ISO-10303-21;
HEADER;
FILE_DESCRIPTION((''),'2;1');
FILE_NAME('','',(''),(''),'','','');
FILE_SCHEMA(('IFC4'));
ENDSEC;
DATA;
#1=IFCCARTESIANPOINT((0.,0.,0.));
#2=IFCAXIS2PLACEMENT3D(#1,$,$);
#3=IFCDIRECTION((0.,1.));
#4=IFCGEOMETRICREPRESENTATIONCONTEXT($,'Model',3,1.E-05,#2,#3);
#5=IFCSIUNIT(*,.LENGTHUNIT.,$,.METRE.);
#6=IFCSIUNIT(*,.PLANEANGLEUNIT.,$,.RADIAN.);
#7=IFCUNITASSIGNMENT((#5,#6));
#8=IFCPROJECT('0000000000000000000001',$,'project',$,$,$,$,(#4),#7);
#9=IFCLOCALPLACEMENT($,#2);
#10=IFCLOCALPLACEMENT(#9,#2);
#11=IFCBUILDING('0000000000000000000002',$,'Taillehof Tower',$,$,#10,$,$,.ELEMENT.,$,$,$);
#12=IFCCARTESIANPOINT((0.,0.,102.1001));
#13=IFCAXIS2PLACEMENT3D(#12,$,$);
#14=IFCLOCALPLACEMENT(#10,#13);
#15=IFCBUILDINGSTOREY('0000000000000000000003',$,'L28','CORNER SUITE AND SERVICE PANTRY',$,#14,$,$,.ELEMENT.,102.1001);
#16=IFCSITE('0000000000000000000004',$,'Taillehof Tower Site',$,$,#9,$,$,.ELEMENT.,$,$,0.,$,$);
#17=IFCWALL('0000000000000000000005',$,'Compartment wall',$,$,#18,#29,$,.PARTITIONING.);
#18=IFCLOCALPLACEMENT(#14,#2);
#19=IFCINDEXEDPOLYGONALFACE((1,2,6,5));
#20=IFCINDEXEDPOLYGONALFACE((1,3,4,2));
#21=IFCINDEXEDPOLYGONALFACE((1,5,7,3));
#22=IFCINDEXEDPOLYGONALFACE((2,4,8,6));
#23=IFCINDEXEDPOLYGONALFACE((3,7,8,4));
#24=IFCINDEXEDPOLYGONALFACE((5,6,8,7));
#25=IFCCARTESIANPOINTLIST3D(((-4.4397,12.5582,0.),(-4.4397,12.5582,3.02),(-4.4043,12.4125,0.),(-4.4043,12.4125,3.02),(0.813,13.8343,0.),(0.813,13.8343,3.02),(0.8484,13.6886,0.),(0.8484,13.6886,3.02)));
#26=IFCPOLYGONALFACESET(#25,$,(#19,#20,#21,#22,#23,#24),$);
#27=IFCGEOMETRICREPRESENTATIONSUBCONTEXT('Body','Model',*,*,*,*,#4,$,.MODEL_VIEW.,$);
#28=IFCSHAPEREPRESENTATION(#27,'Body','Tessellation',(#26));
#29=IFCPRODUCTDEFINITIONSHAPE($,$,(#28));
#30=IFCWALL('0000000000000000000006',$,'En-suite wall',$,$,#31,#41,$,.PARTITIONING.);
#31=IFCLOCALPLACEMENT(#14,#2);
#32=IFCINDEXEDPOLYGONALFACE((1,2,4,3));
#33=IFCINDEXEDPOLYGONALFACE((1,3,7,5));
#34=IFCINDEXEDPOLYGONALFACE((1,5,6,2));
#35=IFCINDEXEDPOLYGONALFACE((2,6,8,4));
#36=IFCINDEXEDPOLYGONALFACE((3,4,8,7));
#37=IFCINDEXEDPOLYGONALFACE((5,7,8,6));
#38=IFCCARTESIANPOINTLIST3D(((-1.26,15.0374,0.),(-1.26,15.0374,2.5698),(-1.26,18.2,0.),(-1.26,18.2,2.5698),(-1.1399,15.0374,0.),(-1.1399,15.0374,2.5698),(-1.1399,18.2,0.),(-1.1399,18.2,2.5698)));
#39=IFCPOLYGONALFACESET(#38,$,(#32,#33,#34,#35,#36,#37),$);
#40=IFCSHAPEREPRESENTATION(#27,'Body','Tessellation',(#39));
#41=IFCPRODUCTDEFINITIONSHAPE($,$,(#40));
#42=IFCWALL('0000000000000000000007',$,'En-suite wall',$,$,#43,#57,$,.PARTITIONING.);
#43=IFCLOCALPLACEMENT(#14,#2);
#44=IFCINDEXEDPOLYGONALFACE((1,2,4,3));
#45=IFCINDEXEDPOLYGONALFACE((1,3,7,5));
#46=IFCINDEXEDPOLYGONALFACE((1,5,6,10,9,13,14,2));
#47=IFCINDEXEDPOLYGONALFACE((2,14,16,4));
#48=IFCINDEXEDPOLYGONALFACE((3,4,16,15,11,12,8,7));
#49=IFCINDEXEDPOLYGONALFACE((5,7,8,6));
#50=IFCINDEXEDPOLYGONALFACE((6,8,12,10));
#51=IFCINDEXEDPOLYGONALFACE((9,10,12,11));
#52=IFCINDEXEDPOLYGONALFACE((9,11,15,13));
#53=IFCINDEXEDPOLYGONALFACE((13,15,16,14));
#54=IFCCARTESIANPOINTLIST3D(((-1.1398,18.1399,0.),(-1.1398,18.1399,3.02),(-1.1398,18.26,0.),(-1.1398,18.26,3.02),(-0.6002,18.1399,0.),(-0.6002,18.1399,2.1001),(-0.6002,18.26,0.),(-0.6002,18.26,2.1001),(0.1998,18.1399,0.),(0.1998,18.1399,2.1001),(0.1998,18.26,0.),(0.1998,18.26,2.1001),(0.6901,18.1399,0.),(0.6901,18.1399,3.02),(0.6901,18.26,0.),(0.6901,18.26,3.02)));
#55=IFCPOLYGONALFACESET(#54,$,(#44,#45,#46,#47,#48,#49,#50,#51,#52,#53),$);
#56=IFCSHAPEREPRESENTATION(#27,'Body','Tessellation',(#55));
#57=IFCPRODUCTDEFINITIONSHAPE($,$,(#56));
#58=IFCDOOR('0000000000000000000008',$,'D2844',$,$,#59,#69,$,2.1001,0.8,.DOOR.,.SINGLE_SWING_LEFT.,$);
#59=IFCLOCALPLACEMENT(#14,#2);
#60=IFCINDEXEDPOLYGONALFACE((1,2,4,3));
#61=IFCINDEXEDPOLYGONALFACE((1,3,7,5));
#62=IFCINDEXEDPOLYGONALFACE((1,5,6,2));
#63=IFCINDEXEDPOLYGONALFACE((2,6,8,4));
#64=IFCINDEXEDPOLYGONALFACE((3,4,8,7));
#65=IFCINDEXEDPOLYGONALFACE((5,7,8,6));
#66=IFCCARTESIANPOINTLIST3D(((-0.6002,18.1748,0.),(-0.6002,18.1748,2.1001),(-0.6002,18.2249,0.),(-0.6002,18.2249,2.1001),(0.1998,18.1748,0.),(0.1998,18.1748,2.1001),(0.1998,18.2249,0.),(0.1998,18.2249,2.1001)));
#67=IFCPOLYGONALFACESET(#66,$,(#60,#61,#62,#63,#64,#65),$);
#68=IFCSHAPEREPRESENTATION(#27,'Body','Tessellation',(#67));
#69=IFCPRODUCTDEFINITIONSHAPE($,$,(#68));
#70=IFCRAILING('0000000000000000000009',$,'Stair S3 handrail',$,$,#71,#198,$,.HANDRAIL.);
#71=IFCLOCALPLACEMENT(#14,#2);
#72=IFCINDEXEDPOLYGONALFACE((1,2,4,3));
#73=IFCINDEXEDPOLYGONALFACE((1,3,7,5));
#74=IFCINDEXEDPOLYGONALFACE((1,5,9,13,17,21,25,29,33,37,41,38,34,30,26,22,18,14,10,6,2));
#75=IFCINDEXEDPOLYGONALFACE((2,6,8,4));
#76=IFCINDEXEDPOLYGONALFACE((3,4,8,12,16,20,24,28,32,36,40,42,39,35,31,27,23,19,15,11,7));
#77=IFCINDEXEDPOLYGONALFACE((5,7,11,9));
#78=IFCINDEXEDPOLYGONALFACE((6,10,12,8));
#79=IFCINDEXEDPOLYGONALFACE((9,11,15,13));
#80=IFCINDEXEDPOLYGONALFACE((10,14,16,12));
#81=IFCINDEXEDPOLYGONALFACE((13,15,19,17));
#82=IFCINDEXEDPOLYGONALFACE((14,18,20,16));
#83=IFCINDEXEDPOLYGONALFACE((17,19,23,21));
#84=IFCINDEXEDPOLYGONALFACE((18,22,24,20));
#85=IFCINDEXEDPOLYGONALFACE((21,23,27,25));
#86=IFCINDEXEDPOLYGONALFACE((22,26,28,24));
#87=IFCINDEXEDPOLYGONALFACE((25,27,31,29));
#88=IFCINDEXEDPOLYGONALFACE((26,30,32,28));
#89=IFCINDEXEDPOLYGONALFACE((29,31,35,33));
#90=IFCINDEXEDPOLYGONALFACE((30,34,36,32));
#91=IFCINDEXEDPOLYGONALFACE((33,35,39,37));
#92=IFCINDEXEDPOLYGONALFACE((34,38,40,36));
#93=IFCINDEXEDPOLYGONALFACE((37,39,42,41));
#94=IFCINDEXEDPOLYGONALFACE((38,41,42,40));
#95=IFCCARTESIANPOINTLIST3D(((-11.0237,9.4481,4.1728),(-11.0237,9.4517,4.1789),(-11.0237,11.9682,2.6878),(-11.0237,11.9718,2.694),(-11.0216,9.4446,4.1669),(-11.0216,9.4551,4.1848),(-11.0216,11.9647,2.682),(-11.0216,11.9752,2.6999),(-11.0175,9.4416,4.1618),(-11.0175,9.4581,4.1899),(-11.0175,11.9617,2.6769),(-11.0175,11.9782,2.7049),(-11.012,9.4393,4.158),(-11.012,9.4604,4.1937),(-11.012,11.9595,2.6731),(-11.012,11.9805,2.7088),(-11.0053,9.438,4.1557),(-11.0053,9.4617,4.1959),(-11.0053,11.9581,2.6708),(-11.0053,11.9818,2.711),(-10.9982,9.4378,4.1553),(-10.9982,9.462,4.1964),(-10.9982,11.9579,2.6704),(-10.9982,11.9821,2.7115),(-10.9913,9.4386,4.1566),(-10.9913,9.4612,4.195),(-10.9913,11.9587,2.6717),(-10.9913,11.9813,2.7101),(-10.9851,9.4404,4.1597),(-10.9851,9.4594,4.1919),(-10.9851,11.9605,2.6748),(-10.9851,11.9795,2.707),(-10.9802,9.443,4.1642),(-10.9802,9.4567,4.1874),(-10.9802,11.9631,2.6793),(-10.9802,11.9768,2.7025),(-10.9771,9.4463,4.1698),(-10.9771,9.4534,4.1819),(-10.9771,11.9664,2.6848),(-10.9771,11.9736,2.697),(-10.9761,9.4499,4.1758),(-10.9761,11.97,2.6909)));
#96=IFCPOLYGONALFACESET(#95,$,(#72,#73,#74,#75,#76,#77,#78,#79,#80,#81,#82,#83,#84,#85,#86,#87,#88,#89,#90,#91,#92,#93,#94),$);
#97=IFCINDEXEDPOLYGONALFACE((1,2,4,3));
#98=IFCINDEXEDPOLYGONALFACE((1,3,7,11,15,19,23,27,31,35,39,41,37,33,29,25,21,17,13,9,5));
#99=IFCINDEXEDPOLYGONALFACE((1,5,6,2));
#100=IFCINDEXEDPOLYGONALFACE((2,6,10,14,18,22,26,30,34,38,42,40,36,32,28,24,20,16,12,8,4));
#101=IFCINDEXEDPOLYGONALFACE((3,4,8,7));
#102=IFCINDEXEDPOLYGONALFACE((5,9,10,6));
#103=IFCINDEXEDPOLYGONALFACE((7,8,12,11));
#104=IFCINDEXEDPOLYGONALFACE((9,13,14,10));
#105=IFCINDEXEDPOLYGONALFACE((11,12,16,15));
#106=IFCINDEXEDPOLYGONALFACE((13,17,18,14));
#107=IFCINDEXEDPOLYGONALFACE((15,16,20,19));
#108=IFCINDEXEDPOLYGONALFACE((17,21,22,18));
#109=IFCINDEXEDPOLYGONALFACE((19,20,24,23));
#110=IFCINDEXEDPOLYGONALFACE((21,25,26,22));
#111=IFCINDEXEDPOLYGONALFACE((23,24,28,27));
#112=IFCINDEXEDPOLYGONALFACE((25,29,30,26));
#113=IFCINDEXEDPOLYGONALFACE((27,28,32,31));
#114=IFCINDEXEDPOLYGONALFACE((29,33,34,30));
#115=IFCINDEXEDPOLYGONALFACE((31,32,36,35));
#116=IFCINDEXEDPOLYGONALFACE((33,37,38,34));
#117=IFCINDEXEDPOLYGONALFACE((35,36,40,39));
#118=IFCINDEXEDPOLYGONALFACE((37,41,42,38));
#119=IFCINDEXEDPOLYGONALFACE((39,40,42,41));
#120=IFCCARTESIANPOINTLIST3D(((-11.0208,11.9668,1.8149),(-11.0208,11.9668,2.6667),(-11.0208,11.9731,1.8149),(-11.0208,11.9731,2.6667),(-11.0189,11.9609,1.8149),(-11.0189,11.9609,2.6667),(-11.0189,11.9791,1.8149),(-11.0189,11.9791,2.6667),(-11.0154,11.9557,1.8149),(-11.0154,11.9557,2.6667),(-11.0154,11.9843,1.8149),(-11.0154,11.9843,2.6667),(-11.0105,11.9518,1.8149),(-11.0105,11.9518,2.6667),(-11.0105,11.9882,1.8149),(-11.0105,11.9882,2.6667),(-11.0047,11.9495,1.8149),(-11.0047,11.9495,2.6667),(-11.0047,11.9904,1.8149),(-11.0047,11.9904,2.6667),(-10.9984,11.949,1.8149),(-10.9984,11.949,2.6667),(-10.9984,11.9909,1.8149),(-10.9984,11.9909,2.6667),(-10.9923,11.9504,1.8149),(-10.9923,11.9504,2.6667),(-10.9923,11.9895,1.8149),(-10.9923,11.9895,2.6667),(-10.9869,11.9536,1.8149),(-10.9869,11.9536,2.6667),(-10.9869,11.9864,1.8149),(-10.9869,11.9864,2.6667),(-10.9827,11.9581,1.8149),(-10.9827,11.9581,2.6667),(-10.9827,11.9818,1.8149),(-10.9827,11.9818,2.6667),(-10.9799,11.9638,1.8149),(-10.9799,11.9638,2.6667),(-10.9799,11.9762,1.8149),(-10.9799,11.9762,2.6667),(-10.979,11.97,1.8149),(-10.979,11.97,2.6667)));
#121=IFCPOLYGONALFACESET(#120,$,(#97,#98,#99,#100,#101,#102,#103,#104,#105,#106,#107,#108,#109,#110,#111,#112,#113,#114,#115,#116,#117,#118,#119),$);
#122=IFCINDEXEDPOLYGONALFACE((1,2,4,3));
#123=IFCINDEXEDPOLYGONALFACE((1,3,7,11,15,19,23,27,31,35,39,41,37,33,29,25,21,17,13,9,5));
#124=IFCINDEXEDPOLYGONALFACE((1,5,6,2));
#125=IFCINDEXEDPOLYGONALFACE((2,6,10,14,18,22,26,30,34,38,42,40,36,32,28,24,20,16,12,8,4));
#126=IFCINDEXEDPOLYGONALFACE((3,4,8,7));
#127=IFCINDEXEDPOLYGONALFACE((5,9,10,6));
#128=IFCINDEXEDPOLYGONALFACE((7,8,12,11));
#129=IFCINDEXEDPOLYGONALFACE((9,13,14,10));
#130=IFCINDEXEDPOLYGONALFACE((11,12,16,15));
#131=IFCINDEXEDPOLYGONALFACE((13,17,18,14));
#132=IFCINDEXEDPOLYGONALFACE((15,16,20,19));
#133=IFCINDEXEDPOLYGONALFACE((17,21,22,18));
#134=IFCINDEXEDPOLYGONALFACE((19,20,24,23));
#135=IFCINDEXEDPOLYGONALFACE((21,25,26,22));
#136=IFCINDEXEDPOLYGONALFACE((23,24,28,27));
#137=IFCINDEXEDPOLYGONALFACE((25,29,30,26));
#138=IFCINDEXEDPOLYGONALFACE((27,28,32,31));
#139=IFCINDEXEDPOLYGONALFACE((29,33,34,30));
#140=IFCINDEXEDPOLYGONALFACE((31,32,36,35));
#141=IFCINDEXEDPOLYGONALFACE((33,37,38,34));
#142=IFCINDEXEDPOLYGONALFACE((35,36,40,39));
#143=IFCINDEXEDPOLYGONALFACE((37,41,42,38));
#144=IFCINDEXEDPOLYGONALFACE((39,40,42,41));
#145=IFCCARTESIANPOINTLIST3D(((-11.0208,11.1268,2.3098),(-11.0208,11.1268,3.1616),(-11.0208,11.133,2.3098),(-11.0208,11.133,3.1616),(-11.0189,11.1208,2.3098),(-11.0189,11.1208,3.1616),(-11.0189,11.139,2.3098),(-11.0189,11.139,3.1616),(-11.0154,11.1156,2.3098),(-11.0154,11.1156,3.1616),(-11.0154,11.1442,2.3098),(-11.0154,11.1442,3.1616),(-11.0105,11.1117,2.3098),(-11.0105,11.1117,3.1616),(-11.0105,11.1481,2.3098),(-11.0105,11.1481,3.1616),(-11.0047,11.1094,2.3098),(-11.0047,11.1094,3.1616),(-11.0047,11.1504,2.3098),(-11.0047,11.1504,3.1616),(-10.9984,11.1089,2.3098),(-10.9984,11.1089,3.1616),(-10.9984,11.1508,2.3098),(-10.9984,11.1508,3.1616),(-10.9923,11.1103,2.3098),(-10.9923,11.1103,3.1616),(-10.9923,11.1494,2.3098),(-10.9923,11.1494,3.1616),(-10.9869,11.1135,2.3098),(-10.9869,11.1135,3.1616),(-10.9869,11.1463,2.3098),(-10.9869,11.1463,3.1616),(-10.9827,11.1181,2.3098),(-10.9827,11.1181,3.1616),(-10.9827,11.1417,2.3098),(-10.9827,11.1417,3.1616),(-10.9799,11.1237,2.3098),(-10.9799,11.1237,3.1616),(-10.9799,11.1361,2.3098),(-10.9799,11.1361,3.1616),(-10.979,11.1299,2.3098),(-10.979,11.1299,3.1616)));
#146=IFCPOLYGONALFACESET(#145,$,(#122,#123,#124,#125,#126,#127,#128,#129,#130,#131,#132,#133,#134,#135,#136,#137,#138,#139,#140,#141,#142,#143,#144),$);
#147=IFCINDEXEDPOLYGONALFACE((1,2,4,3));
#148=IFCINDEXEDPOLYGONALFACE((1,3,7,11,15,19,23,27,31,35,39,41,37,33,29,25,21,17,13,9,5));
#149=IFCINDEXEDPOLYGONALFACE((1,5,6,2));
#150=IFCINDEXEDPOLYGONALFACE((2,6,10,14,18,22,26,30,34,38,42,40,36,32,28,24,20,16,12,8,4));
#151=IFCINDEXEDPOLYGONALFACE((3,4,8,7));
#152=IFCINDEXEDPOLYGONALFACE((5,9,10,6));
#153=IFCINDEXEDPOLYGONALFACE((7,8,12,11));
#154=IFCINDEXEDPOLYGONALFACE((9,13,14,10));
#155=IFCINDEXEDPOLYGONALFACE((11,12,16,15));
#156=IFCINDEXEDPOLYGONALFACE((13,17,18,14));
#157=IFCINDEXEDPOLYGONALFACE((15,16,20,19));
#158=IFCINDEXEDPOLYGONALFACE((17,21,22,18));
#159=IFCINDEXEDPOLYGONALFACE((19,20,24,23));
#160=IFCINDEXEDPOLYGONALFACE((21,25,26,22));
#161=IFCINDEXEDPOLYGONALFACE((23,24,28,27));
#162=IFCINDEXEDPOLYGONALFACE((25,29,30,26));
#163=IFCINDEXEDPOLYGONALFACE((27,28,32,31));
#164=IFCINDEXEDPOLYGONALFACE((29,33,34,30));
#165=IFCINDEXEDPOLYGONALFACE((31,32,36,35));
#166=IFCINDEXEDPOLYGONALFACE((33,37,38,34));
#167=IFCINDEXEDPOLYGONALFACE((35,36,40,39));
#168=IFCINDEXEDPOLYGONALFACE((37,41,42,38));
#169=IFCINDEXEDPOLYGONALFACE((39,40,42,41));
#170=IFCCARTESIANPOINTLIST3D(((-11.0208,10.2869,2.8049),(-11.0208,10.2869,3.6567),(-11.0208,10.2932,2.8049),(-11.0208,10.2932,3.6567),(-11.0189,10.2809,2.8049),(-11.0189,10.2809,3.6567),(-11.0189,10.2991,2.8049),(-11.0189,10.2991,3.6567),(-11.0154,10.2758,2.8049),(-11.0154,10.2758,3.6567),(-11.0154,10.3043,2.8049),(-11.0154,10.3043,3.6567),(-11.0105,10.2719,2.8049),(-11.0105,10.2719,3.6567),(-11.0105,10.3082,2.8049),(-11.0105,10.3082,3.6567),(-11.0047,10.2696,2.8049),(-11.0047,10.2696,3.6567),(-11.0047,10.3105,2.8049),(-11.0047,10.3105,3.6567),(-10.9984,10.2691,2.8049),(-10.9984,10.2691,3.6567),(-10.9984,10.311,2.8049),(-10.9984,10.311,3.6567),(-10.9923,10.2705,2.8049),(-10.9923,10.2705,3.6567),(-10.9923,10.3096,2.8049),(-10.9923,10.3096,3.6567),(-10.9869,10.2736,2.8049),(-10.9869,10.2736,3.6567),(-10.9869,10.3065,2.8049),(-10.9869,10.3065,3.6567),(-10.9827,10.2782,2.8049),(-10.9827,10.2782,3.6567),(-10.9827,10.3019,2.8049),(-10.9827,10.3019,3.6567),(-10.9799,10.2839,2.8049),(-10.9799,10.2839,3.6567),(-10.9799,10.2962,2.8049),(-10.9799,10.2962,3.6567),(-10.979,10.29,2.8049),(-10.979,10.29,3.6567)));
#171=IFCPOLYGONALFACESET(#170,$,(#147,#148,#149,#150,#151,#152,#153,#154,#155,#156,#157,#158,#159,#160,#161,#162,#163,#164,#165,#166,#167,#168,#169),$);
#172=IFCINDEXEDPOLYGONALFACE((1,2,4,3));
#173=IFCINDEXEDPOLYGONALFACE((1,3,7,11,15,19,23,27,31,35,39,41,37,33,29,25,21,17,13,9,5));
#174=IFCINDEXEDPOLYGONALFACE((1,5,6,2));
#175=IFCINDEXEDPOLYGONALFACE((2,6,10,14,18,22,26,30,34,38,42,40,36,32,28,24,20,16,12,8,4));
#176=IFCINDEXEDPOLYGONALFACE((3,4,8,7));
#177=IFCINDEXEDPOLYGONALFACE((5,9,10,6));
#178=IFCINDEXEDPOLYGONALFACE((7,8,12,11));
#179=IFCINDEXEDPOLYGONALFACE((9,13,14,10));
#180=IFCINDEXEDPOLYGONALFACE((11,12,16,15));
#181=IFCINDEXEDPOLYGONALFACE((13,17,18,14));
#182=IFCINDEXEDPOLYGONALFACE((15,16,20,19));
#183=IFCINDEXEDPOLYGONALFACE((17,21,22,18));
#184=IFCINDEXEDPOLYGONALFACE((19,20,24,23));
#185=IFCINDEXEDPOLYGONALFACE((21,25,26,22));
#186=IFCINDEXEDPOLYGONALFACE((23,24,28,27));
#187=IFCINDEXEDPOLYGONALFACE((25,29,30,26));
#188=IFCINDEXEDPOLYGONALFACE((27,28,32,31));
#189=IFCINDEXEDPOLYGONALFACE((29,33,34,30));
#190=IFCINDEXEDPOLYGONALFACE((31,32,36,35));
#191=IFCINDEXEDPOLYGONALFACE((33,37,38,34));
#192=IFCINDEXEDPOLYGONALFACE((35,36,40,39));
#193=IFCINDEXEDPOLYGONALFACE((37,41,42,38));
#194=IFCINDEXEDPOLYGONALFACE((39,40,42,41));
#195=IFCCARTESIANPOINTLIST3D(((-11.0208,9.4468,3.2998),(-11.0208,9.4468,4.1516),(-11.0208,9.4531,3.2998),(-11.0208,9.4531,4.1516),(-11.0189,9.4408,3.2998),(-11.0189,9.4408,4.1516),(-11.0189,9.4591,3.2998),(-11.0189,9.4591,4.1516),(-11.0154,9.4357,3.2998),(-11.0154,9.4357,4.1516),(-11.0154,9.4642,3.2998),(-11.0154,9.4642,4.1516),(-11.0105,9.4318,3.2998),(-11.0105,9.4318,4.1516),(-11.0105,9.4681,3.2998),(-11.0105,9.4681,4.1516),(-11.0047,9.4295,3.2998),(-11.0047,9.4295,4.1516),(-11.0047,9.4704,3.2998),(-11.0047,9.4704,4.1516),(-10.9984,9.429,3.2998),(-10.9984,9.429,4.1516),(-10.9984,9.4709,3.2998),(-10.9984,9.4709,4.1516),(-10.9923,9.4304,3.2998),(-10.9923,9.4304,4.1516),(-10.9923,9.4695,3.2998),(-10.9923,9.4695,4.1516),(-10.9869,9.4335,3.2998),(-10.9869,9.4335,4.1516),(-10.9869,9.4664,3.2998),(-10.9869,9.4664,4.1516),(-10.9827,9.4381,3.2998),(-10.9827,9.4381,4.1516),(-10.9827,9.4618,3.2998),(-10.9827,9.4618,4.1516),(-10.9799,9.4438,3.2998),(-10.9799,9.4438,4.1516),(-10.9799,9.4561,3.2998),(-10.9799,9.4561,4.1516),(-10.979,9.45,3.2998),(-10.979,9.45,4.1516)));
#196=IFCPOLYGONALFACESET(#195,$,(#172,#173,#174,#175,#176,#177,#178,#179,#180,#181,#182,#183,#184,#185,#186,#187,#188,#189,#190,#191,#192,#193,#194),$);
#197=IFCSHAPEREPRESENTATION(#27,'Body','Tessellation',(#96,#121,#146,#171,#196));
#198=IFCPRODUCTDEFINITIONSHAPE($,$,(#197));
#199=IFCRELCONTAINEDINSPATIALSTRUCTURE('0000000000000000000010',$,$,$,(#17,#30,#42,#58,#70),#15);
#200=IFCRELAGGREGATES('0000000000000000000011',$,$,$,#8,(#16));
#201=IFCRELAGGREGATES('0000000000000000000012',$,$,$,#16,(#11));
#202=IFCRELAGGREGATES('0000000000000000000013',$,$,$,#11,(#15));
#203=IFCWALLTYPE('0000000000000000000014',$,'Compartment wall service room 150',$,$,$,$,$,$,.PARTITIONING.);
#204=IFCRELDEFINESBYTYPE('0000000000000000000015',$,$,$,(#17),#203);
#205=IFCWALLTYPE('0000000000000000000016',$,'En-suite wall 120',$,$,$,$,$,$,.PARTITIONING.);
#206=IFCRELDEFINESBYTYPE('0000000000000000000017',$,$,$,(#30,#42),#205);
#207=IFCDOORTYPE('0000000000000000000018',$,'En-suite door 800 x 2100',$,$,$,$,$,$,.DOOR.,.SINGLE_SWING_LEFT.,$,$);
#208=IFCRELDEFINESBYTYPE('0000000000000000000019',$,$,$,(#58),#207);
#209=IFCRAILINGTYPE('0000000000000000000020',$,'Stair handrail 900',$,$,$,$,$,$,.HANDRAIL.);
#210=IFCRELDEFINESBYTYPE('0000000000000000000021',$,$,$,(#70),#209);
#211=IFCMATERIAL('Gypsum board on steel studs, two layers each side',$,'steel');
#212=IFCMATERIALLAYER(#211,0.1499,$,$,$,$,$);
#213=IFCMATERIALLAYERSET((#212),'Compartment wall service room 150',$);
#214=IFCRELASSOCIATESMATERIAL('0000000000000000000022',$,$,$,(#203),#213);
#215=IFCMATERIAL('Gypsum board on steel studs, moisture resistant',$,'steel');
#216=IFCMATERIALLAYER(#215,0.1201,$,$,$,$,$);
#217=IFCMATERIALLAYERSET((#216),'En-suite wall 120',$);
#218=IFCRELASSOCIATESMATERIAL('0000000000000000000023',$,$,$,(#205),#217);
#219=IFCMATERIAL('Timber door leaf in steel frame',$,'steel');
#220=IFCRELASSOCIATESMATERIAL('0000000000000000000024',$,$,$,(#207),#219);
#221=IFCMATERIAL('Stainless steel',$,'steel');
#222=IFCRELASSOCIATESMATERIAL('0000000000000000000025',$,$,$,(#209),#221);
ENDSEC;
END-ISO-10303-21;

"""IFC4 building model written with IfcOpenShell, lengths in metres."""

from ifc_helpers import new_model, si_unit, direction, frame, frame_2d, origin, origin_2d, place, context, subcontext, project, spatial, rectangle, circle, extrude, material, layer, layer_set, type_object, element, fill, save


model = new_model("IFC4")

# Units and contexts
model_context = context("Model", 3, precision=1e-05, world=origin(), true_north=direction((0.0, 1.0)))
body_context = subcontext(model_context, "Body", "Model", "MODEL_VIEW")
ifc_project = project(units=[si_unit("LENGTHUNIT", "METRE"), si_unit("PLANEANGLEUNIT", "RADIAN")], contexts=[model_context])

# Site, building, storey
site_placement = place(None, origin())
site = spatial("IfcSite", under=ifc_project, at=site_placement, Name="Taillehof Tower Site", CompositionType="ELEMENT", RefElevation=0.0)
building_placement = place(site_placement, origin())
building = spatial("IfcBuilding", under=site, at=building_placement, Name="Taillehof Tower", CompositionType="ELEMENT")
storey_placement = place(building_placement, frame((0.0, 0.0, 102.1001)))
storey = spatial("IfcBuildingStorey", under=building, at=storey_placement, Name="L28", Description="CORNER SUITE AND SERVICE PANTRY", CompositionType="ELEMENT", Elevation=102.1001)

# Walls
ifc_material_1 = material(Name="Gypsum board on steel studs, two layers each side", Category="steel")
ifc_layer_1 = layer(ifc_material_1, 0.1499)
ifc_layer_set_1 = layer_set([ifc_layer_1], Name="Compartment wall service room 150")
wall_type_1 = type_object("IfcWallType", Name="Compartment wall service room 150", PredefinedType="PARTITIONING", material=ifc_layer_set_1)
wall_1_placement = place(storey_placement, frame((-4.4219, 12.4854, 0.0), z_axis=(0.0, 0.0, 1.0), x_axis=(0.971734, 0.23608, 0.0)))
element("IfcWall", 1, at=wall_1_placement, inside=storey, type_object=wall_type_1, Name="Compartment wall", PredefinedType="PARTITIONING", context=body_context, shape_type="SweptSolid", body=[
    extrude(rectangle(XDim=5.4055, YDim=0.1499, at=frame_2d((2.7026, 0.0))), origin(), (0.0, 0.0, 1.0), 3.02),
])
ifc_material_2 = material(Name="Gypsum board on steel studs, moisture resistant", Category="steel")
ifc_layer_2 = layer(ifc_material_2, 0.1201)
ifc_layer_set_2 = layer_set([ifc_layer_2], Name="En-suite wall 120")
wall_type_2 = type_object("IfcWallType", Name="En-suite wall 120", PredefinedType="PARTITIONING", material=ifc_layer_set_2)
wall_2_placement = place(storey_placement, frame((-1.2, 15.0374, 0.0), z_axis=(0.0, 0.0, 1.0), x_axis=(0.0, 1.0, 0.0)))
element("IfcWall", 2, at=wall_2_placement, inside=storey, type_object=wall_type_2, Name="En-suite wall", PredefinedType="PARTITIONING", context=body_context, shape_type="SweptSolid", body=[
    extrude(rectangle(XDim=3.1626, YDim=0.1201, at=frame_2d((1.5813, 0.0))), origin(), (0.0, 0.0, 1.0), 2.5698),
])

# Wall, opening, door
wall_3_placement = place(storey_placement, frame((-1.1399, 18.2, 0.0), z_axis=(0.0, 0.0, 1.0), x_axis=(1.0, 0.0, 0.0)))
wall_3 = element("IfcWall", 3, at=wall_3_placement, inside=storey, type_object=wall_type_2, Name="En-suite wall", PredefinedType="PARTITIONING", context=body_context, shape_type="SweptSolid", body=[
    extrude(rectangle(XDim=1.8298, YDim=0.1201, at=frame_2d((0.915, 0.0))), origin(), (0.0, 0.0, 1.0), 3.02),
])
opening_1_placement = place(wall_3_placement, frame((0.5398, 0.0, 0.0)))
opening_1 = element("IfcOpeningElement", 4, at=opening_1_placement, cuts=wall_3, PredefinedType="OPENING", context=body_context, shape_type="SweptSolid", body=[
    extrude(rectangle(XDim=0.8, YDim=2.1001, at=frame_2d((0.3999, 1.05))), frame((0.0, 0.0701, 0.0), z_axis=(0.0, -1.0, 0.0), x_axis=(1.0, 0.0, 0.0)), (0.0, 0.0, 1.0), 0.1401),
])
ifc_material_3 = material(Name="Timber door leaf in steel frame", Category="steel")
door_type_1 = type_object("IfcDoorType", Name="En-suite door 800 x 2100", OperationType="SINGLE_SWING_LEFT", PredefinedType="DOOR", material=ifc_material_3)
door_1_placement = place(opening_1_placement, origin())
door_1 = element("IfcDoor", 5, at=door_1_placement, inside=storey, type_object=door_type_1, Name="D2844", OperationType="SINGLE_SWING_LEFT", OverallHeight=2.1001, OverallWidth=0.8, PredefinedType="DOOR", context=body_context, shape_type="SweptSolid", body=[
    extrude(rectangle(XDim=0.8, YDim=2.1001, at=frame_2d((0.3999, 1.05))), frame((0.0, 0.0249, 0.0), z_axis=(0.0, -1.0, 0.0), x_axis=(1.0, 0.0, 0.0)), (0.0, 0.0, 1.0), 0.05),
])
fill(opening_1, door_1)

# Railing
ifc_material_4 = material(Name="Stainless steel", Category="steel")
railing_type = type_object("IfcRailingType", Name="Stair handrail 900", PredefinedType="HANDRAIL", material=ifc_material_4)
railing_placement = place(storey_placement, frame((-11.0, 11.97, 1.8149)))
element("IfcRailing", 6, at=railing_placement, inside=storey, type_object=railing_type, Name="Stair S3 handrail", PredefinedType="HANDRAIL", context=body_context, shape_type="SweptSolid", body=[
    extrude(circle(Radius=0.0239, at=origin_2d()), frame((0.0, 0.0, 0.876), z_axis=(0.0, -0.861561, 0.507655), x_axis=(1.0, 0.0, 0.0)), (0.0, 0.0, 1.0), 2.925),
    extrude(circle(Radius=0.021, at=origin_2d()), origin(), (0.0, 0.0, 1.0), 0.8518),
    extrude(circle(Radius=0.021, at=origin_2d()), frame((0.0, -0.8401, 0.4949)), (0.0, 0.0, 1.0), 0.8518),
    extrude(circle(Radius=0.021, at=origin_2d()), frame((0.0, -1.6799, 0.99)), (0.0, 0.0, 1.0), 0.8518),
    extrude(circle(Radius=0.021, at=origin_2d()), frame((0.0, -2.52, 1.4849)), (0.0, 0.0, 1.0), 0.8518),
])

save(model, "model.ifc")
